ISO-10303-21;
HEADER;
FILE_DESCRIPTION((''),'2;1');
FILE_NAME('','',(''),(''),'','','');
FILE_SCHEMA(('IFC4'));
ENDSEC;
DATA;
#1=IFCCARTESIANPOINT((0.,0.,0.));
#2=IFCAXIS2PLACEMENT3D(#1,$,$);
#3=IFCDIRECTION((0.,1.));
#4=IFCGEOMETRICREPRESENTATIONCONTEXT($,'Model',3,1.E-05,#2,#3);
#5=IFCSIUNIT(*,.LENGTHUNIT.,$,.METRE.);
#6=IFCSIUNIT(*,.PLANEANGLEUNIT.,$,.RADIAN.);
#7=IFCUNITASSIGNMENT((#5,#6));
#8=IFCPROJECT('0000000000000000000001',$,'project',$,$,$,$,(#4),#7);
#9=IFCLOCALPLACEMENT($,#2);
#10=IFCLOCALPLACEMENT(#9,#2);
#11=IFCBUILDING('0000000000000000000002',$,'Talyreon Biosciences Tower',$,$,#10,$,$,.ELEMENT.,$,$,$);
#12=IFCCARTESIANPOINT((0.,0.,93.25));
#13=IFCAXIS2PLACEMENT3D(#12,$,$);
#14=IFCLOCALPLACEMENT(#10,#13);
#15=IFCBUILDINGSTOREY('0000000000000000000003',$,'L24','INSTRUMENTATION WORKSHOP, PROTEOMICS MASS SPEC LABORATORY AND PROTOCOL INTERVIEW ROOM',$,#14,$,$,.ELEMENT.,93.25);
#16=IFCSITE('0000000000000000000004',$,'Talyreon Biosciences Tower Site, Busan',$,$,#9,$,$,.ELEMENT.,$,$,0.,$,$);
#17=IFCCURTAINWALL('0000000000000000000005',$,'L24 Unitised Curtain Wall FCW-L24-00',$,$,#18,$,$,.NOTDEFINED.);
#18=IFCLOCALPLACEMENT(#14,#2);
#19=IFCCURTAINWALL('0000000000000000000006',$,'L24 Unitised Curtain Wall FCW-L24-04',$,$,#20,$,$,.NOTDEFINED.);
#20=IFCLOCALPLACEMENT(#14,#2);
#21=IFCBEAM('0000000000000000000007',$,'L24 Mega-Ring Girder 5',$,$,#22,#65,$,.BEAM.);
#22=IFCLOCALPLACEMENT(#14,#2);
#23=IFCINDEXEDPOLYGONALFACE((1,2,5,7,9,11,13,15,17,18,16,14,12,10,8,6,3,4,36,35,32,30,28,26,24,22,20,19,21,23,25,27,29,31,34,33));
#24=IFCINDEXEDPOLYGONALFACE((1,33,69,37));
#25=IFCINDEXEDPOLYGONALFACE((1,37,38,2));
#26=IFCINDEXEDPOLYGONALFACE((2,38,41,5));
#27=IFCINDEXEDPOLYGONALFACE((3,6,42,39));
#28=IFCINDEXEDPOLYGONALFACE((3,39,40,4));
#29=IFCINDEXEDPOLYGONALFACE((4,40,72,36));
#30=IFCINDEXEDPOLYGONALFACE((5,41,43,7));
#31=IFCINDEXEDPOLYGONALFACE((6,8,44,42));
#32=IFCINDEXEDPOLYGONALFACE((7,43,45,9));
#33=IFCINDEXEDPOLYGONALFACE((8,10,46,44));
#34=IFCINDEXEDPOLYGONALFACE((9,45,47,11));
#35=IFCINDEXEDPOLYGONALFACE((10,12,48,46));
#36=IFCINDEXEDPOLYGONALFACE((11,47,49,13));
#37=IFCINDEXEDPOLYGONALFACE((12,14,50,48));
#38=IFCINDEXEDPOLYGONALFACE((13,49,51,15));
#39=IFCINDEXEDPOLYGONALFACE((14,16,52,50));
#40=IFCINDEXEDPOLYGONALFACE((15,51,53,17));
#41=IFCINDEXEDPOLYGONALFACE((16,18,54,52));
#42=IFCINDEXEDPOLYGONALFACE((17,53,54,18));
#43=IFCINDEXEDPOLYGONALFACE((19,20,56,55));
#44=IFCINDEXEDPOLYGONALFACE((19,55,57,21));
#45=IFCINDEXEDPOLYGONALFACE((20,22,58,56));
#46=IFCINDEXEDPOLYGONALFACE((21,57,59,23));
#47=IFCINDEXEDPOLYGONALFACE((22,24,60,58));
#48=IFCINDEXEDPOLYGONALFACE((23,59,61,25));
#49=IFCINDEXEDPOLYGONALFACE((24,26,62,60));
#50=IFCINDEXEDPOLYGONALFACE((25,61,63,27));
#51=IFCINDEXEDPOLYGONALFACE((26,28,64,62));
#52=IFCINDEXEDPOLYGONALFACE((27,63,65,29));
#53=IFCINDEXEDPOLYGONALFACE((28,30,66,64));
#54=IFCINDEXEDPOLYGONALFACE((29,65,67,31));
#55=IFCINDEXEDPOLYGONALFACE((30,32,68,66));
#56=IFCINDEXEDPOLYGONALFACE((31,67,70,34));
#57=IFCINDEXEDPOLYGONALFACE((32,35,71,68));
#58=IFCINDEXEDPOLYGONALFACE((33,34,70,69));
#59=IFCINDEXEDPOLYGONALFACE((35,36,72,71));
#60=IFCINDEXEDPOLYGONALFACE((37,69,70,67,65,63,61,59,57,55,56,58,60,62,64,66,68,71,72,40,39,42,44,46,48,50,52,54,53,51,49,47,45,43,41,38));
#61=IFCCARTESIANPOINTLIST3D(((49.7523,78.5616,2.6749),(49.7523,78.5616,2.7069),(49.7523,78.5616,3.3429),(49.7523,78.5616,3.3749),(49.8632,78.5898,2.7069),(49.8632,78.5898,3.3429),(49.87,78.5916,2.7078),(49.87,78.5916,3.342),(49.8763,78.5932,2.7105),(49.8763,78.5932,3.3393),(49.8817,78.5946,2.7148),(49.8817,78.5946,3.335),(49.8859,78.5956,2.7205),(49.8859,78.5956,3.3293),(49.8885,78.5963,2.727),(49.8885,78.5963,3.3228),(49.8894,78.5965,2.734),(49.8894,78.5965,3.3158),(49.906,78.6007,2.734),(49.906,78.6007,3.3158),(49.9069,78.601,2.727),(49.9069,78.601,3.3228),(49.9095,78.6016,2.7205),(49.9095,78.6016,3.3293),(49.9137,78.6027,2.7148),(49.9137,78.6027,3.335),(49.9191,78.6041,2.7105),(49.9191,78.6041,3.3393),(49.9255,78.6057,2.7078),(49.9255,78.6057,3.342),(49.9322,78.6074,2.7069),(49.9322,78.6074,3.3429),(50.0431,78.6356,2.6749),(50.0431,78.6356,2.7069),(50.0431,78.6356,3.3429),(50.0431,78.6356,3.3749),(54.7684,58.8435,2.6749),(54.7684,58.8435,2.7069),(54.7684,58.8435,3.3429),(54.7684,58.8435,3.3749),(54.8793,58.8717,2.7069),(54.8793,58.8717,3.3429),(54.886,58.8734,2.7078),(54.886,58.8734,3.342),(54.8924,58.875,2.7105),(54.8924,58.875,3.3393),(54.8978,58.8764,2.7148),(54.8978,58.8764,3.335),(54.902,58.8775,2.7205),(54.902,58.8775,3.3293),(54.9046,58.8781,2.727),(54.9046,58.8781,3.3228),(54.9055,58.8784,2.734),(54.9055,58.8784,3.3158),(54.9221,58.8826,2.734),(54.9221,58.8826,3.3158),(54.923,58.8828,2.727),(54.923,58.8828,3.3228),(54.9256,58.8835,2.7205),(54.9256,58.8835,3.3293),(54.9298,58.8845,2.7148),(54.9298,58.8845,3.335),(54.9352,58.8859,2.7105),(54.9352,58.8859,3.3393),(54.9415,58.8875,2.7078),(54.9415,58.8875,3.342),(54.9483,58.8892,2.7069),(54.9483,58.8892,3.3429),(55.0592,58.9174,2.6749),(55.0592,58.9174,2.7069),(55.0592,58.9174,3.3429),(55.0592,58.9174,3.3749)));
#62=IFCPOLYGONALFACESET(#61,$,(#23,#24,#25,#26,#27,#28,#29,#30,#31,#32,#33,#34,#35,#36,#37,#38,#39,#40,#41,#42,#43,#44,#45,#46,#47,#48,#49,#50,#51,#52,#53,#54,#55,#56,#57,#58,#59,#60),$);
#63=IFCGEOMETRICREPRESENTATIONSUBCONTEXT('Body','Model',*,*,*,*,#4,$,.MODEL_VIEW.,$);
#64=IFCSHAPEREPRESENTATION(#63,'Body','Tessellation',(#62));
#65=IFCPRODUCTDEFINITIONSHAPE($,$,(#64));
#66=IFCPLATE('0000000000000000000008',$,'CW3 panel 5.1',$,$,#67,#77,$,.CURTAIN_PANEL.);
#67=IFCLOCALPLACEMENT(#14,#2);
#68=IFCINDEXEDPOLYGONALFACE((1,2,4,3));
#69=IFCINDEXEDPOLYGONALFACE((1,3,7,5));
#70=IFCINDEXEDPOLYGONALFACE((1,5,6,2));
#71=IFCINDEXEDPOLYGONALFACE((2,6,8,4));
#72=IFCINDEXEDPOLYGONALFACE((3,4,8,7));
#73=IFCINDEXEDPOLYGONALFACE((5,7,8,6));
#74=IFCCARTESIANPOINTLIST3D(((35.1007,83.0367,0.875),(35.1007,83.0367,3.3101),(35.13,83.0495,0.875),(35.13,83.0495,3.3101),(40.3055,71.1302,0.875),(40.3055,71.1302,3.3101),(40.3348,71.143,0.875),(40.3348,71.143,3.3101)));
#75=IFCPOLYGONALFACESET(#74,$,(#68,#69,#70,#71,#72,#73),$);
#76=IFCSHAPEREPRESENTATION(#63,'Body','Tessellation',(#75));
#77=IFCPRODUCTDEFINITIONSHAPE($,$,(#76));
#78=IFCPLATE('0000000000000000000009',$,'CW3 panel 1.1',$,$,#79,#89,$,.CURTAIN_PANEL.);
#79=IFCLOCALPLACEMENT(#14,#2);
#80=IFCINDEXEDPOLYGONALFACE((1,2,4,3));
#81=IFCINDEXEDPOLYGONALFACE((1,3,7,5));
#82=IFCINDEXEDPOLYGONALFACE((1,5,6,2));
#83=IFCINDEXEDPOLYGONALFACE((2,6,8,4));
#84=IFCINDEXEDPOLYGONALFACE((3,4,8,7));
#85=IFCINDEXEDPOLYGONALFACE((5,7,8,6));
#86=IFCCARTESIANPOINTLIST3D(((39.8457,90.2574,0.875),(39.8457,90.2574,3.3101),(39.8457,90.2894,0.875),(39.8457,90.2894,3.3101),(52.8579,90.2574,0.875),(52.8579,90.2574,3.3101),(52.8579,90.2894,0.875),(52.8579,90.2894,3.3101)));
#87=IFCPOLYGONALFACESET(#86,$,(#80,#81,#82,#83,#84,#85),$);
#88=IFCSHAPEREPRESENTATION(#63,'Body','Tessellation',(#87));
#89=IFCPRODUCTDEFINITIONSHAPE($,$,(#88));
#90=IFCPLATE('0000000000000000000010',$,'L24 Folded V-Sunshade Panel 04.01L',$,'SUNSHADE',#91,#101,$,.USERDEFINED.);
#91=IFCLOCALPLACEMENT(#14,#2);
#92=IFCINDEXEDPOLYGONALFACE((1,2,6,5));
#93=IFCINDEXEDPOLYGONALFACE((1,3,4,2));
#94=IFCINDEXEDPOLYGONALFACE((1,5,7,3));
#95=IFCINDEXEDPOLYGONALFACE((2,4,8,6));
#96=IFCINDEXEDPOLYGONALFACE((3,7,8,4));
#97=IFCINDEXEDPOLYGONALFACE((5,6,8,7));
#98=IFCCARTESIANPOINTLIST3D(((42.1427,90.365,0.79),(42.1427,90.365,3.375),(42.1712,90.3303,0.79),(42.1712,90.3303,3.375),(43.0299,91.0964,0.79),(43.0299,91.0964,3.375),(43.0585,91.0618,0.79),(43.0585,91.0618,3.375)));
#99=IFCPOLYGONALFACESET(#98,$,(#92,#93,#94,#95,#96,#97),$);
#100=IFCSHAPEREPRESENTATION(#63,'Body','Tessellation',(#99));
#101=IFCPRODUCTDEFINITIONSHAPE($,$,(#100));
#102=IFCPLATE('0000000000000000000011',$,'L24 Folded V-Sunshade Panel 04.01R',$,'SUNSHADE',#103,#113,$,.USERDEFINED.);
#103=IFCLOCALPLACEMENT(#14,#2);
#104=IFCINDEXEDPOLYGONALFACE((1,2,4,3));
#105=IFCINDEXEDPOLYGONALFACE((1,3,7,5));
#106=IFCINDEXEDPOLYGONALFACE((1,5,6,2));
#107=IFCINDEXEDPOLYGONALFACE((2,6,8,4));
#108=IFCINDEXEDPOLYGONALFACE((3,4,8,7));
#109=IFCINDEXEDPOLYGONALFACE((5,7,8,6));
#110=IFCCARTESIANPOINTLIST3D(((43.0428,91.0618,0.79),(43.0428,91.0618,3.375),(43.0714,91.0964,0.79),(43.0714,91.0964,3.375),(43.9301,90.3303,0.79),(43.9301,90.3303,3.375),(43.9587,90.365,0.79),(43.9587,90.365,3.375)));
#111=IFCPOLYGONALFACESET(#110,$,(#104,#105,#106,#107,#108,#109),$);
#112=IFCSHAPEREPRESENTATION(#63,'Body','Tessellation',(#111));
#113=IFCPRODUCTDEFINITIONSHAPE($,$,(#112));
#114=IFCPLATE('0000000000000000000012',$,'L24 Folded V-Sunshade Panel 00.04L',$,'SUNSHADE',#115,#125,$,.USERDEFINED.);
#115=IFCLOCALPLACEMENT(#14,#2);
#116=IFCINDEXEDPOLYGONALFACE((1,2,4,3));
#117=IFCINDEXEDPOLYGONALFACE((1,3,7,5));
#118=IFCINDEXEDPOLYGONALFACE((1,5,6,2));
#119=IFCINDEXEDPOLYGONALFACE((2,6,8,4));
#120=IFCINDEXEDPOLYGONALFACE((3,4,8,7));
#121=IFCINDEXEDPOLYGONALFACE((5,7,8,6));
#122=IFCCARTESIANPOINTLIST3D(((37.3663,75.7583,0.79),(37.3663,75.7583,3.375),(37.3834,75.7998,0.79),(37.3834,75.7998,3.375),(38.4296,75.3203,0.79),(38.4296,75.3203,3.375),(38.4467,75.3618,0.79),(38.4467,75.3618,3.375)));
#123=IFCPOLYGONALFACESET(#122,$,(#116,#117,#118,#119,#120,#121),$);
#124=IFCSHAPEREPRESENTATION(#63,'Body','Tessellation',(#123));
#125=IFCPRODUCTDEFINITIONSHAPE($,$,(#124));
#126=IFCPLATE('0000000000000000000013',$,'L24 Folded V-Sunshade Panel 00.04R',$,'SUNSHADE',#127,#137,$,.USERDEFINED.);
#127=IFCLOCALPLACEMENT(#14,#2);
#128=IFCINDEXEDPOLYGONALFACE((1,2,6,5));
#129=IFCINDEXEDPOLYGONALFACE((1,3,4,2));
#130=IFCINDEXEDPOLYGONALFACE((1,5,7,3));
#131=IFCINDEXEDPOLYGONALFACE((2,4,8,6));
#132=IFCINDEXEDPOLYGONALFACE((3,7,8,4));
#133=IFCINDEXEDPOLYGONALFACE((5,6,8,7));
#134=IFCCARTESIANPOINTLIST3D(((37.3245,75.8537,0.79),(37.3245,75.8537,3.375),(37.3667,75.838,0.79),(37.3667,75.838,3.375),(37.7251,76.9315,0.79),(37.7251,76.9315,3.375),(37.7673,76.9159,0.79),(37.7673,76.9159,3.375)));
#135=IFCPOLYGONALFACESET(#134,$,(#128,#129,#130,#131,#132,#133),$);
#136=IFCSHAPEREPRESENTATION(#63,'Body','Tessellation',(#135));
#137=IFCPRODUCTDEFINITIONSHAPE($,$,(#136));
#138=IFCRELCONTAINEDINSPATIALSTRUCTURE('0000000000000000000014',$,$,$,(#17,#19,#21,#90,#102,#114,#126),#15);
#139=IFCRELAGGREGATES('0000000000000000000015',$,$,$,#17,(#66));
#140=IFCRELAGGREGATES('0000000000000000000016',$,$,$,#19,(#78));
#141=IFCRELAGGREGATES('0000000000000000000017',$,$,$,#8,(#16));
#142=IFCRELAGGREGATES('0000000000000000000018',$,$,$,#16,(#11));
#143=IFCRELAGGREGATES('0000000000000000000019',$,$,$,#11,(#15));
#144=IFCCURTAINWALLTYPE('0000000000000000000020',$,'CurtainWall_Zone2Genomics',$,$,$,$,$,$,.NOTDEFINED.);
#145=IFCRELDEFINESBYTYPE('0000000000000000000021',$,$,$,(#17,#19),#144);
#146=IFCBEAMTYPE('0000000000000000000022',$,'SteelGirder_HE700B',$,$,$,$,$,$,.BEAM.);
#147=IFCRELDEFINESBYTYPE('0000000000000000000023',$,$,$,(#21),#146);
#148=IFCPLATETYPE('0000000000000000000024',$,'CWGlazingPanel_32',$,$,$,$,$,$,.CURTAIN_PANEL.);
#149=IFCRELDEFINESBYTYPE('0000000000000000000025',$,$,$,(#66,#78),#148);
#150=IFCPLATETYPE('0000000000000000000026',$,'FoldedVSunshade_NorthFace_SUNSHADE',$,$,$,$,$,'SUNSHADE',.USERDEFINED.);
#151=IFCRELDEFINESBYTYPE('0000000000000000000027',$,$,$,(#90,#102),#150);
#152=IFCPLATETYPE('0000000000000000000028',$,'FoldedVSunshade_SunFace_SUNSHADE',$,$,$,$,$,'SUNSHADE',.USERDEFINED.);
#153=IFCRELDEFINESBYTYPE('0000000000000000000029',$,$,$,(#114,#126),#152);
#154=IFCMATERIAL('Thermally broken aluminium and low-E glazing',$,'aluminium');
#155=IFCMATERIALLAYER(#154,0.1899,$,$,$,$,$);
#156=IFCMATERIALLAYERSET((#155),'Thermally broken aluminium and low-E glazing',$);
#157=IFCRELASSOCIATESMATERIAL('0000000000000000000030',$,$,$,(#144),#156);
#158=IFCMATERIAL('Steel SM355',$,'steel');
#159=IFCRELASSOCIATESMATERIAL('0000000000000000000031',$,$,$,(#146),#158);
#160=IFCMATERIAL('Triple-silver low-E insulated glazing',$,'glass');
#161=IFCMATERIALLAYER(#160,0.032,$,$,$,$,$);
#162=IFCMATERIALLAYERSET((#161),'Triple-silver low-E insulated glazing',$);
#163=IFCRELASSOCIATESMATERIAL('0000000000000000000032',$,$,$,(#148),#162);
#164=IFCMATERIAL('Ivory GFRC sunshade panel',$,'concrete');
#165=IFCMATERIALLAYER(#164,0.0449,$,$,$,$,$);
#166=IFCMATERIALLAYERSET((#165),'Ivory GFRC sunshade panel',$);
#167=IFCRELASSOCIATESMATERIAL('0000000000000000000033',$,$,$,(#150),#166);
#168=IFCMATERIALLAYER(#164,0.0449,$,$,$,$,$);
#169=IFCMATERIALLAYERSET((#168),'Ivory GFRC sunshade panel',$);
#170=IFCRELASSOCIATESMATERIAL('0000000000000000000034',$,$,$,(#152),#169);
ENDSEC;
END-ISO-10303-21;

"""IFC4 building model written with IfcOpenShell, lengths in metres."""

from ifc_helpers import new_model, si_unit, direction, frame, origin, origin_2d, place, context, subcontext, project, spatial, rectangle, i_section, extrude, material, layer, layer_set, material_profile, profile_set, type_object, element, aggregate, save


model = new_model("IFC4")

# Units and contexts
model_context = context("Model", 3, precision=1e-05, world=origin(), true_north=direction((0.0, 1.0)))
body_context = subcontext(model_context, "Body", "Model", "MODEL_VIEW")
ifc_project = project(units=[si_unit("LENGTHUNIT", "METRE"), si_unit("PLANEANGLEUNIT", "RADIAN")], contexts=[model_context])

# Site, building, storey
site_placement = place(None, origin())
site = spatial("IfcSite", under=ifc_project, at=site_placement, Name="Talyreon Biosciences Tower Site, Busan", CompositionType="ELEMENT", RefElevation=0.0)
building_placement = place(site_placement, origin())
building = spatial("IfcBuilding", under=site, at=building_placement, Name="Talyreon Biosciences Tower", CompositionType="ELEMENT")
storey_placement = place(building_placement, frame((0.0, 0.0, 93.25)))
storey = spatial("IfcBuildingStorey", under=building, at=storey_placement, Name="L24", Description="INSTRUMENTATION WORKSHOP, PROTEOMICS MASS SPEC LABORATORY AND PROTOCOL INTERVIEW ROOM", CompositionType="ELEMENT", Elevation=93.25)

# Curtain wall
ifc_material_1 = material(Name="Thermally broken aluminium and low-E glazing", Category="aluminium")
ifc_layer_1 = layer(ifc_material_1, 0.1899)
ifc_layer_set_1 = layer_set([ifc_layer_1], Name="Thermally broken aluminium and low-E glazing")
curtain_wall_type = type_object("IfcCurtainWallType", Name="CurtainWall_Zone2Genomics", PredefinedType="NOTDEFINED", material=ifc_layer_set_1)
curtain_wall_1_placement = place(storey_placement, origin())
curtain_wall_1 = element("IfcCurtainWall", 1, at=curtain_wall_1_placement, inside=storey, type_object=curtain_wall_type, Name="L24 Unitised Curtain Wall FCW-L24-00", PredefinedType="NOTDEFINED")

# Curtain wall
curtain_wall_2_placement = place(storey_placement, origin())
curtain_wall_2 = element("IfcCurtainWall", 2, at=curtain_wall_2_placement, inside=storey, type_object=curtain_wall_type, Name="L24 Unitised Curtain Wall FCW-L24-04", PredefinedType="NOTDEFINED")

# Beam
ifc_material_2 = material(Name="Steel SM355", Category="steel")
ifc_material_profile_1 = material_profile(ifc_material_2, i_section(OverallWidth=0.3, OverallDepth=0.7, WebThickness=0.0171, FlangeThickness=0.032, FilletRadius=0.0271, at=origin_2d()), Name="HE700B")
ifc_profile_set_1 = profile_set([ifc_material_profile_1], Name="Steel SM355")
beam_type_1 = type_object("IfcBeamType", Name="SteelGirder_HE700B", PredefinedType="BEAM", material=ifc_profile_set_1)
beam_1_placement = place(storey_placement, frame((49.8977, 78.5986, 3.0249), z_axis=(0.246537, -0.969133, 0.0), x_axis=(0.969133, 0.246537, 0.0)))
element("IfcBeam", 3, at=beam_1_placement, inside=storey, type_object=beam_type_1, Name="L24 Mega-Ring Girder 5", PredefinedType="BEAM", context=body_context, shape_type="SweptSolid", body=[
    extrude(i_section(OverallWidth=0.3, OverallDepth=0.7, WebThickness=0.0171, FlangeThickness=0.032, FilletRadius=0.0271, at=origin_2d()), origin(), (0.0, 0.0, 1.0), 20.3462),
])

# Plates
ifc_material_3 = material(Name="Triple-silver low-E insulated glazing", Category="glass")
ifc_layer_2 = layer(ifc_material_3, 0.032)
ifc_layer_set_2 = layer_set([ifc_layer_2], Name="Triple-silver low-E insulated glazing")
plate_type_1 = type_object("IfcPlateType", Name="CWGlazingPanel_32", PredefinedType="CURTAIN_PANEL", material=ifc_layer_set_2)
plate_1_placement = place(storey_placement, frame((37.7178, 77.0898, 0.875), z_axis=(0.0, 0.0, 1.0), x_axis=(-0.400542, 0.916278, 0.0)))
plate_1 = element("IfcPlate", 4, at=plate_1_placement, type_object=plate_type_1, Name="CW3 panel 5.1", PredefinedType="CURTAIN_PANEL", context=body_context, shape_type="SweptSolid", body=[
    extrude(rectangle(XDim=12.9944, YDim=0.032, at=origin_2d()), origin(), (0.0, 0.0, 1.0), 2.4351),
])
aggregate(curtain_wall_1, [plate_1])
plate_2_placement = place(storey_placement, frame((46.3518, 90.2734, 0.875), z_axis=(0.0, 0.0, 1.0), x_axis=(1.0, 0.0, 0.0)))
plate_2 = element("IfcPlate", 5, at=plate_2_placement, type_object=plate_type_1, Name="CW3 panel 1.1", PredefinedType="CURTAIN_PANEL", context=body_context, shape_type="SweptSolid", body=[
    extrude(rectangle(XDim=13.0122, YDim=0.032, at=origin_2d()), origin(), (0.0, 0.0, 1.0), 2.4351),
])
aggregate(curtain_wall_2, [plate_2])

# Plates
ifc_material_4 = material(Name="Ivory GFRC sunshade panel", Category="concrete")
ifc_layer_3 = layer(ifc_material_4, 0.0449)
ifc_layer_set_3 = layer_set([ifc_layer_3], Name="Ivory GFRC sunshade panel")
plate_type_2 = type_object("IfcPlateType", Name="FoldedVSunshade_NorthFace_SUNSHADE", ElementType="SUNSHADE", PredefinedType="USERDEFINED", material=ifc_layer_set_3)
for number, where, z_axis, x_axis, name in (
    (6, (42.6006, 90.7134, 0.79), (0.0, 0.0, 1.0), (0.771625, 0.636078, 0.0), "L24 Folded V-Sunshade Panel 04.01L"),
    (7, (43.5007, 90.7134, 0.79), (0.0, 0.0, 1.0), (0.771625, -0.636078, 0.0), "L24 Folded V-Sunshade Panel 04.01R"),
):
    element("IfcPlate", number, at=place(storey_placement, frame(where, z_axis=z_axis, x_axis=x_axis)), inside=storey, type_object=plate_type_2, Name=name, ObjectType="SUNSHADE", PredefinedType="USERDEFINED", context=body_context, shape_type="SweptSolid", body=[
        extrude(rectangle(XDim=1.1499, YDim=0.0449, at=origin_2d()), origin(), (0.0, 0.0, 1.0), 2.585),
    ])
ifc_layer_4 = layer(ifc_material_4, 0.0449)
ifc_layer_set_4 = layer_set([ifc_layer_4], Name="Ivory GFRC sunshade panel")
plate_type_3 = type_object("IfcPlateType", Name="FoldedVSunshade_SunFace_SUNSHADE", ElementType="SUNSHADE", PredefinedType="USERDEFINED", material=ifc_layer_set_4)
for number, where, z_axis, x_axis, name in (
    (8, (37.9065, 75.5601, 0.79), (0.0, 0.0, 1.0), (-0.924626, 0.380877, 0.0), "L24 Folded V-Sunshade Panel 00.04L"),
    (9, (37.5459, 76.3848, 0.79), (0.0, 0.0, 1.0), (0.348376, 0.937355, 0.0), "L24 Folded V-Sunshade Panel 00.04R"),
):
    element("IfcPlate", number, at=place(storey_placement, frame(where, z_axis=z_axis, x_axis=x_axis)), inside=storey, type_object=plate_type_3, Name=name, ObjectType="SUNSHADE", PredefinedType="USERDEFINED", context=body_context, shape_type="SweptSolid", body=[
        extrude(rectangle(XDim=1.1499, YDim=0.0449, at=origin_2d()), origin(), (0.0, 0.0, 1.0), 2.585),
    ])

save(model, "model.ifc")
